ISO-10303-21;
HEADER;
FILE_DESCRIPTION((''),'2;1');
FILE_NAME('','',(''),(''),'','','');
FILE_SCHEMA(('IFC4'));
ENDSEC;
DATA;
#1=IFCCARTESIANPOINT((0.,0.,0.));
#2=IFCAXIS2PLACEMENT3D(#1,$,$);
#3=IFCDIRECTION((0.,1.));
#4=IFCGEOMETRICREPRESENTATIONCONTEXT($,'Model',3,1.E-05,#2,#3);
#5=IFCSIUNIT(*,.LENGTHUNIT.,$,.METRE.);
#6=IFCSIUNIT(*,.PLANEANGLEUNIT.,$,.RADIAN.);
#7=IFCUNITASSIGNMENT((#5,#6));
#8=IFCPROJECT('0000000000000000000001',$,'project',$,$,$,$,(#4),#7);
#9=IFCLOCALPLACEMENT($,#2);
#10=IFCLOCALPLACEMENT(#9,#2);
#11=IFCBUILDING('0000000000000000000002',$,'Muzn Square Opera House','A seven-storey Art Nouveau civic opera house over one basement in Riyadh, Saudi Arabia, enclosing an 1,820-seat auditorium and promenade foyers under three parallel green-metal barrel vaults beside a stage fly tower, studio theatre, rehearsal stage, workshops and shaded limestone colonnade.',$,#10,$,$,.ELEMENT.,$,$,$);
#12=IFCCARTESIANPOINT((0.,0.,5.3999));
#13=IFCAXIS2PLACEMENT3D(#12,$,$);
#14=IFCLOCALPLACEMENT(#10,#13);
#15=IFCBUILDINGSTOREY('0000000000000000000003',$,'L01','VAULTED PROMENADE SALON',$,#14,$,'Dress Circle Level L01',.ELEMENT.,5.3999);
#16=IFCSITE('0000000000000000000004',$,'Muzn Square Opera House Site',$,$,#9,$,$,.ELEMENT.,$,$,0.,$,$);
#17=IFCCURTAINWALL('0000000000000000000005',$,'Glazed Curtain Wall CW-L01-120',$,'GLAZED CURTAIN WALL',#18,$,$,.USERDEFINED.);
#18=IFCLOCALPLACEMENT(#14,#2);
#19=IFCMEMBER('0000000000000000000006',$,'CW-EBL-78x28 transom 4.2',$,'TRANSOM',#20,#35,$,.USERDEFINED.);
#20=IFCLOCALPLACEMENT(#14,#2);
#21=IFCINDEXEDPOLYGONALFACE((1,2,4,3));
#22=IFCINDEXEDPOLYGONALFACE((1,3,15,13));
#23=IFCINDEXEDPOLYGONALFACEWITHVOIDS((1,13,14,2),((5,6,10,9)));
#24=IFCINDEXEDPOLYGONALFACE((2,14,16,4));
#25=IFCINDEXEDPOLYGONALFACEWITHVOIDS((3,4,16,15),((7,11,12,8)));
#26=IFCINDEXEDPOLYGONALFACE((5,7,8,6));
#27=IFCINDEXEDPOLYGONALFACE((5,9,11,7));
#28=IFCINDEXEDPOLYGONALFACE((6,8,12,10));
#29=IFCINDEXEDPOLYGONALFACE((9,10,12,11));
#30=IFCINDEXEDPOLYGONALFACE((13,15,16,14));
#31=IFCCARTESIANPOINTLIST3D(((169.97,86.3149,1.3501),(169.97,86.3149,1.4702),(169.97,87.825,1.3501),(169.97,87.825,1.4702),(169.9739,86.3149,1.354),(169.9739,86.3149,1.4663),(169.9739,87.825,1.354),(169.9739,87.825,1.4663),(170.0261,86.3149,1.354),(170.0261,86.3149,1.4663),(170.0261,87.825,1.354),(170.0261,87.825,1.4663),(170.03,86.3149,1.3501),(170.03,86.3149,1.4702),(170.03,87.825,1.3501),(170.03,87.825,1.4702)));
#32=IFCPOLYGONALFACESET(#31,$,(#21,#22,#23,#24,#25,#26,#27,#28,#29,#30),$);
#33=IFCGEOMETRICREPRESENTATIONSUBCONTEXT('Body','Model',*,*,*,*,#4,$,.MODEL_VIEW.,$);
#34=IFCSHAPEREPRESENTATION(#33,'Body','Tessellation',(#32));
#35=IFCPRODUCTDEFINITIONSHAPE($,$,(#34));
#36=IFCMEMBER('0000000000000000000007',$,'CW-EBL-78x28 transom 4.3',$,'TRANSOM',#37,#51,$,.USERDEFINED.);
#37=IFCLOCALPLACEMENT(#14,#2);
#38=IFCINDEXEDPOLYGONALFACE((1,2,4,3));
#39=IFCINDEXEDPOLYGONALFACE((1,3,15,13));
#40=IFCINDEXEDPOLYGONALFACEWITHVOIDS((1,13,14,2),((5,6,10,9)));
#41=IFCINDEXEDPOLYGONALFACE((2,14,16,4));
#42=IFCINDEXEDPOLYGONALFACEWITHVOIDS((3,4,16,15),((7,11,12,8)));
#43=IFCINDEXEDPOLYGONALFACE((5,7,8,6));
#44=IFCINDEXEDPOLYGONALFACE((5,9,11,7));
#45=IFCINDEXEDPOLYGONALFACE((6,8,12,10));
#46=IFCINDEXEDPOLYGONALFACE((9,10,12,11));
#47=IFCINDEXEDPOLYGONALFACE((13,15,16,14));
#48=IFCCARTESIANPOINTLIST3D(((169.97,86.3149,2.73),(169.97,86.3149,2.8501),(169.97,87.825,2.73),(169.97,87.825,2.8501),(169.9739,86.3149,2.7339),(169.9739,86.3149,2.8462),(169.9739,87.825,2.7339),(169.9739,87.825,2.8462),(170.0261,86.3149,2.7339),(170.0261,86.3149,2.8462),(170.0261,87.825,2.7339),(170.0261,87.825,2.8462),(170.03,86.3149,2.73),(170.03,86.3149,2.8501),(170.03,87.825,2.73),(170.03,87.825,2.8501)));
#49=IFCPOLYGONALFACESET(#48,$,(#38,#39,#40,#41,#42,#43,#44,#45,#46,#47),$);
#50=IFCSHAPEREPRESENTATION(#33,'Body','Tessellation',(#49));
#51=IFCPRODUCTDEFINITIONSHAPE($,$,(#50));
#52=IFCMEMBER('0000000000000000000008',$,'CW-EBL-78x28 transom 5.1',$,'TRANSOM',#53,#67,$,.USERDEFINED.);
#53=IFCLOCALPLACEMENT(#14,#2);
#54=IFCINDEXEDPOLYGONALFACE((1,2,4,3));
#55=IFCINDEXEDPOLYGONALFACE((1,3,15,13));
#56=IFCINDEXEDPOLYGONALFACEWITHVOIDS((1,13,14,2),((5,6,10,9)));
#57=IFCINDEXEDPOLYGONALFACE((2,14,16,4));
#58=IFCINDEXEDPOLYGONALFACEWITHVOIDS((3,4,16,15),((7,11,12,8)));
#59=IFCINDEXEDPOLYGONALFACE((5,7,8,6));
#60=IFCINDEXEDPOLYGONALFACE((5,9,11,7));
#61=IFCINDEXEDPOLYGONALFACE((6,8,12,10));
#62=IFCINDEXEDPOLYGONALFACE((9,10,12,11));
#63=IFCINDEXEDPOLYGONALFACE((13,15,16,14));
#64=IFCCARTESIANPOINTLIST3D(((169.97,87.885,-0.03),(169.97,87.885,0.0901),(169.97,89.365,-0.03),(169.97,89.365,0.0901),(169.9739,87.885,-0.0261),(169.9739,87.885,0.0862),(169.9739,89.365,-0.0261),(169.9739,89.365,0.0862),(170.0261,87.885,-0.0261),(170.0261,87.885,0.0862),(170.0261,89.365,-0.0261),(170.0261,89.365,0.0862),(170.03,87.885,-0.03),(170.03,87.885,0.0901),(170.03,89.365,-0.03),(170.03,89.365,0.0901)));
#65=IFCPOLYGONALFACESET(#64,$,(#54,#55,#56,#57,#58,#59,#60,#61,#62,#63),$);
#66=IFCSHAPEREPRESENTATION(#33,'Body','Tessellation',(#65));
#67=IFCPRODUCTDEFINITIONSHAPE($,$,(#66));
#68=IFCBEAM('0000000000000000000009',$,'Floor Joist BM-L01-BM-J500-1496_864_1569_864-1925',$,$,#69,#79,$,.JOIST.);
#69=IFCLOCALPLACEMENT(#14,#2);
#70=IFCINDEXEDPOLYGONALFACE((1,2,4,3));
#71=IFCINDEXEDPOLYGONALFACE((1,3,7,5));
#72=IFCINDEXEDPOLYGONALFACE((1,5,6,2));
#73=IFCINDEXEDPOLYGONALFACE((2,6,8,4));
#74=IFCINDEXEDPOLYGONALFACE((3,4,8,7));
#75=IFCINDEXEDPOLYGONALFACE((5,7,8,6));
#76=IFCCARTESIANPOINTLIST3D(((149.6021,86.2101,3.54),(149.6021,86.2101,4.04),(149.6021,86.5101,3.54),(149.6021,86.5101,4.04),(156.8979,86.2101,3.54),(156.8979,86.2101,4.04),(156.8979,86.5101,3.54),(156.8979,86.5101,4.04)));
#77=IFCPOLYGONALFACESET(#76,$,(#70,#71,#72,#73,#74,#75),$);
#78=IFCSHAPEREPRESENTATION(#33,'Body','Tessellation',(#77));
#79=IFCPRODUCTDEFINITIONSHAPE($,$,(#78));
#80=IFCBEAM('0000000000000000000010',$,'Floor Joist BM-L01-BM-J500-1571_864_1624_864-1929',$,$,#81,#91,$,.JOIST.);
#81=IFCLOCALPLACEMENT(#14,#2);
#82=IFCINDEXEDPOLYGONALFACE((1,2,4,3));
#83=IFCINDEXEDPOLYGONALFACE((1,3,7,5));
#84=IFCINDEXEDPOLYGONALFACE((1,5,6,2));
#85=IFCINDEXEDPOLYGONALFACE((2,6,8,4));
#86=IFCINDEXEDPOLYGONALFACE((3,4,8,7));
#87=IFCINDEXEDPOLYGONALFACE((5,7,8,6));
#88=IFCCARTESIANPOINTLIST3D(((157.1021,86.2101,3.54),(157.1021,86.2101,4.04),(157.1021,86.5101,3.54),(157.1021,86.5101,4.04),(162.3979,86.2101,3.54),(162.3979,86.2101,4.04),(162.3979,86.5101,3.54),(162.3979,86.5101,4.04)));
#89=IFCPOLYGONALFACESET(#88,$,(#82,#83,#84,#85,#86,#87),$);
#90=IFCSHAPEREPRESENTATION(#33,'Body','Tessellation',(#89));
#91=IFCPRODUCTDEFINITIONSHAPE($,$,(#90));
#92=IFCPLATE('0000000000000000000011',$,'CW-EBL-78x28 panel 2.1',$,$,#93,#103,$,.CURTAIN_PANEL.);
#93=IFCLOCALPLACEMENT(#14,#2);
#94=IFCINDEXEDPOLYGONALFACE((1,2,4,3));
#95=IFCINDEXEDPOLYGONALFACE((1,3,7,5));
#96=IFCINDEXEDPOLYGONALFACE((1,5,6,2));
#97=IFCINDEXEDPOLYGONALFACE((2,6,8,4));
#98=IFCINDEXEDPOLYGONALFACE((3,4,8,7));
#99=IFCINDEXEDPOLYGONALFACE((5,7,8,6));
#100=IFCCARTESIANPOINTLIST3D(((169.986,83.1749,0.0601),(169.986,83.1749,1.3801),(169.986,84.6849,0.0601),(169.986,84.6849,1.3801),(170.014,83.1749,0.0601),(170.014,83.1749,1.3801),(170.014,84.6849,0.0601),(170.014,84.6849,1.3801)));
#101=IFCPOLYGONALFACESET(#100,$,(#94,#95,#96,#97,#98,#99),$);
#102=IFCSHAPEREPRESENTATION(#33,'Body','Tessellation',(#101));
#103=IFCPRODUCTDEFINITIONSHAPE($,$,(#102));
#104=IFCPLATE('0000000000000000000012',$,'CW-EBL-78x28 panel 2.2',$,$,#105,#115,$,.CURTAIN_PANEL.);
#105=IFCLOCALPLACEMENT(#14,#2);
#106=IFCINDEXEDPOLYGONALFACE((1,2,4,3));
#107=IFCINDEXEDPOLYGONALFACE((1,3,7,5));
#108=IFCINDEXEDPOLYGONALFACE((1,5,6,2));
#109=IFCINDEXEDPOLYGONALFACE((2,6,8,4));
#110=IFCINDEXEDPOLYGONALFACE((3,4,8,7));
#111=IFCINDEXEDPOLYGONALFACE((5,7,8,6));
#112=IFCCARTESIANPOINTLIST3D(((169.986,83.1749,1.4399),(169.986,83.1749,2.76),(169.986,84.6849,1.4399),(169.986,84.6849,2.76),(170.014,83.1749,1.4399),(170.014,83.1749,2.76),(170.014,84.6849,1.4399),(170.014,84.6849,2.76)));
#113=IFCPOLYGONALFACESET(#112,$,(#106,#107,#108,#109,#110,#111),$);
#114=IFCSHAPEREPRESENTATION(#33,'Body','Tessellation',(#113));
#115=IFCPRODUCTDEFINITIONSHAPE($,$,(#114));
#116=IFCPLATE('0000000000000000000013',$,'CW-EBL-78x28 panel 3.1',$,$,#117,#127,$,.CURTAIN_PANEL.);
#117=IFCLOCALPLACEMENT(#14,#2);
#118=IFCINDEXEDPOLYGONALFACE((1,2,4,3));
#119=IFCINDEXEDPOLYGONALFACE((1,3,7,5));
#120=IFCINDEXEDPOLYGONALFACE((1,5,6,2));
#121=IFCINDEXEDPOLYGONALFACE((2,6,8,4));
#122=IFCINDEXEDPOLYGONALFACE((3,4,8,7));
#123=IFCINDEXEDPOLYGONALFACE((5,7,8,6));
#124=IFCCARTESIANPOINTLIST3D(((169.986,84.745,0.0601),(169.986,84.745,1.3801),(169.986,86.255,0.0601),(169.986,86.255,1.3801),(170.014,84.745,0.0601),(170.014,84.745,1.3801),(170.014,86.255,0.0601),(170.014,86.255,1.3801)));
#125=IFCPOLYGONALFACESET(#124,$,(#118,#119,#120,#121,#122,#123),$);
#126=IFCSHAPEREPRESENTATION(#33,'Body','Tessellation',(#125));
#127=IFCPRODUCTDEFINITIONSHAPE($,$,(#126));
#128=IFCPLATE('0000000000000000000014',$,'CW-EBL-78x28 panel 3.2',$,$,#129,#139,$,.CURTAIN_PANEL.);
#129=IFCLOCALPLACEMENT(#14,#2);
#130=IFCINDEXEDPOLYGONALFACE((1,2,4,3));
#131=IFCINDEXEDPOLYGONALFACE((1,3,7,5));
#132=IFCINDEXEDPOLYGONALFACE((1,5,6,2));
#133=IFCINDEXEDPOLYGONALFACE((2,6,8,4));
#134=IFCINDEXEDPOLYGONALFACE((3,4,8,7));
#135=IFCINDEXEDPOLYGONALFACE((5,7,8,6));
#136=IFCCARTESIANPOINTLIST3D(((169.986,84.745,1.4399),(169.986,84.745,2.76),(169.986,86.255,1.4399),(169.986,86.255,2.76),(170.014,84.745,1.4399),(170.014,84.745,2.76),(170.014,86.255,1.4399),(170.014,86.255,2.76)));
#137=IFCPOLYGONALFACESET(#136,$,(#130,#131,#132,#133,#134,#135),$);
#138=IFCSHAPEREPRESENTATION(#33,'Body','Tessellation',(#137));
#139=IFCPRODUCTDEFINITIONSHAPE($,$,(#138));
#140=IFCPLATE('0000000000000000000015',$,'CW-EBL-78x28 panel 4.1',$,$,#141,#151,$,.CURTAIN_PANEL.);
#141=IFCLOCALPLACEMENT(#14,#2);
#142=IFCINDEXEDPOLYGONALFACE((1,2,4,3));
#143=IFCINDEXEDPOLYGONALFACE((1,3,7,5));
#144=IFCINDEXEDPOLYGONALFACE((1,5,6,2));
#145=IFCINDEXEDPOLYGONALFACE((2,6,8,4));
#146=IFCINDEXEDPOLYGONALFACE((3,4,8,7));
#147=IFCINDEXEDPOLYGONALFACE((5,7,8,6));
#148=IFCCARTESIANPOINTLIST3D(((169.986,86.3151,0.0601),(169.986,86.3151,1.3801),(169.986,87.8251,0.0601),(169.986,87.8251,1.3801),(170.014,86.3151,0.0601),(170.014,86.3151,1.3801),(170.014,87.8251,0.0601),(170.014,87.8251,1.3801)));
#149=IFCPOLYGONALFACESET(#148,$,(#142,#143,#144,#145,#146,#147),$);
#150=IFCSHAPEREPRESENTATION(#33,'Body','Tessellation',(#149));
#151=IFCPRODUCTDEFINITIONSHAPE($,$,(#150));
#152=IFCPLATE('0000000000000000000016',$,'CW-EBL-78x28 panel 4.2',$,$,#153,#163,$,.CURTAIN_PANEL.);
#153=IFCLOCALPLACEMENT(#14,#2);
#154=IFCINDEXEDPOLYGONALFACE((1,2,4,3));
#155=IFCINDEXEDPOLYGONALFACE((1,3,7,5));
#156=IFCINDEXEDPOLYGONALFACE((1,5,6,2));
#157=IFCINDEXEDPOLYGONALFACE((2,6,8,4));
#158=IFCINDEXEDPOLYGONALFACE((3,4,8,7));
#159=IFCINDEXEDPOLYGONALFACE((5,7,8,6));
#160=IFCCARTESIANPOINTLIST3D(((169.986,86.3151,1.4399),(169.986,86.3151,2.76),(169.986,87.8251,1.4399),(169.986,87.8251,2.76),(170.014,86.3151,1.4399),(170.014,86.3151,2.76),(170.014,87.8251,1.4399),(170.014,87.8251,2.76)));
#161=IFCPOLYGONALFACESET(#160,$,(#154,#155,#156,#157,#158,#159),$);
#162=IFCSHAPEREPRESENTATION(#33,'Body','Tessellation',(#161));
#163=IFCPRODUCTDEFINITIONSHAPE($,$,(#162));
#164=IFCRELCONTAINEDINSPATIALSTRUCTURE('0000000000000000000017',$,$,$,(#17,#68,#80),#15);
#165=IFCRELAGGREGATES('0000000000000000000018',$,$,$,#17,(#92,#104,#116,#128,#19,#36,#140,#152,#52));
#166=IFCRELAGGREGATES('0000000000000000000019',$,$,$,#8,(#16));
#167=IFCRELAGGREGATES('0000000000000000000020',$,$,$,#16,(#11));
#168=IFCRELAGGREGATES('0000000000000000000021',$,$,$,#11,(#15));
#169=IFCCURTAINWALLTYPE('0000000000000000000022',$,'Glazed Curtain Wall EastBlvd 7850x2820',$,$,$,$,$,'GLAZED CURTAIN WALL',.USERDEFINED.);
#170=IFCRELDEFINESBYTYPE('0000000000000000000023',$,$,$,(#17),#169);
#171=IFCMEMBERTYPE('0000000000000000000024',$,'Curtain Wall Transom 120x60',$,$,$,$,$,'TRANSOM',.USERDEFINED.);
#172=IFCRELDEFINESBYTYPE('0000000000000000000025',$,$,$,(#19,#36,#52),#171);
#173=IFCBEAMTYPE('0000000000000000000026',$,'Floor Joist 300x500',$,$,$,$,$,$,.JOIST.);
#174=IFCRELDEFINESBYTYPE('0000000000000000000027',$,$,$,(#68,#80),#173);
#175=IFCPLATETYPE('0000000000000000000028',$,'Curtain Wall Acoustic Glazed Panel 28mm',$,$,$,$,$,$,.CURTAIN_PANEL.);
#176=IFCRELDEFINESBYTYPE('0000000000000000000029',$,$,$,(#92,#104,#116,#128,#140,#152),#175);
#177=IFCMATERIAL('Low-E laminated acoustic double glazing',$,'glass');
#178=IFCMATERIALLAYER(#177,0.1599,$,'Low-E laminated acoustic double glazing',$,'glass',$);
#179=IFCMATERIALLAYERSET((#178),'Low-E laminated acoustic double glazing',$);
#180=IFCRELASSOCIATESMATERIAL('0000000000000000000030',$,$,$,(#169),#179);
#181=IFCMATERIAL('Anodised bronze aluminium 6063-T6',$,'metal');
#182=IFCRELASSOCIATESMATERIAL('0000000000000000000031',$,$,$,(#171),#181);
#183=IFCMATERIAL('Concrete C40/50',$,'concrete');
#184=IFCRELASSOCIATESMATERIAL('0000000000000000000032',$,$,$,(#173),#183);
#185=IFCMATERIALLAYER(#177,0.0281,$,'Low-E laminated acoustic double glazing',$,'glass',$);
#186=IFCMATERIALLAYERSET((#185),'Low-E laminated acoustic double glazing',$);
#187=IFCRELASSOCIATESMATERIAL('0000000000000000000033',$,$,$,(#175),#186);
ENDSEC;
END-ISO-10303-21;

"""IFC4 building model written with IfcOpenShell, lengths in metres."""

from ifc_helpers import new_model, si_unit, direction, frame, origin, origin_2d, place, context, subcontext, project, spatial, rectangle, hollow_rectangle, extrude, material, layer, layer_set, material_profile, profile_set, type_object, element, aggregate, save


model = new_model("IFC4")

# Units and contexts
model_context = context("Model", 3, precision=1e-05, world=origin(), true_north=direction((0.0, 1.0)))
body_context = subcontext(model_context, "Body", "Model", "MODEL_VIEW")
ifc_project = project(units=[si_unit("LENGTHUNIT", "METRE"), si_unit("PLANEANGLEUNIT", "RADIAN")], contexts=[model_context])

# Site, building, storey
site_placement = place(None, origin())
site = spatial("IfcSite", under=ifc_project, at=site_placement, Name="Muzn Square Opera House Site", CompositionType="ELEMENT", RefElevation=0.0)
building_placement = place(site_placement, origin())
building = spatial("IfcBuilding", under=site, at=building_placement, Name="Muzn Square Opera House", Description="A seven-storey Art Nouveau civic opera house over one basement in Riyadh, Saudi Arabia, enclosing an 1,820-seat auditorium and promenade foyers under three parallel green-metal barrel vaults beside a stage fly tower, studio theatre, rehearsal stage, workshops and shaded limestone colonnade.", CompositionType="ELEMENT")
storey_placement = place(building_placement, frame((0.0, 0.0, 5.3999)))
storey = spatial("IfcBuildingStorey", under=building, at=storey_placement, Name="L01", Description="VAULTED PROMENADE SALON", LongName="Dress Circle Level L01", CompositionType="ELEMENT", Elevation=5.3999)

# Curtain wall, members
ifc_material_1 = material(Name="Low-E laminated acoustic double glazing", Category="glass")
ifc_layer_1 = layer(ifc_material_1, 0.1599, Name="Low-E laminated acoustic double glazing", Category="glass")
ifc_layer_set_1 = layer_set([ifc_layer_1], Name="Low-E laminated acoustic double glazing")
curtain_wall_type = type_object("IfcCurtainWallType", Name="Glazed Curtain Wall EastBlvd 7850x2820", ElementType="GLAZED CURTAIN WALL", PredefinedType="USERDEFINED", material=ifc_layer_set_1)
curtain_wall_placement = place(storey_placement, origin())
curtain_wall = element("IfcCurtainWall", 1, at=curtain_wall_placement, inside=storey, type_object=curtain_wall_type, Name="Glazed Curtain Wall CW-L01-120", ObjectType="GLAZED CURTAIN WALL", PredefinedType="USERDEFINED")
ifc_material_2 = material(Name="Anodised bronze aluminium 6063-T6", Category="metal")
ifc_material_profile_1 = material_profile(ifc_material_2, hollow_rectangle(XDim=0.0601, YDim=0.1201, WallThickness=0.0039, at=origin_2d()), Name="ALU 120x60x4", Category="metal")
ifc_profile_set_1 = profile_set([ifc_material_profile_1], Name="Anodised bronze aluminium 6063-T6")
member_type_1 = type_object("IfcMemberType", Name="Curtain Wall Transom 120x60", ElementType="TRANSOM", PredefinedType="USERDEFINED", material=ifc_profile_set_1)
member_1_placement = place(storey_placement, frame((170.0, 86.3149, 1.4102), z_axis=(0.0, 1.0, 0.0), x_axis=(-1.0, 0.0, 0.0)))
member_1 = element("IfcMember", 2, at=member_1_placement, type_object=member_type_1, Name="CW-EBL-78x28 transom 4.2", ObjectType="TRANSOM", PredefinedType="USERDEFINED", context=body_context, shape_type="SweptSolid", body=[
    extrude(hollow_rectangle(XDim=0.0601, YDim=0.1201, WallThickness=0.0039, at=origin_2d()), origin(), (0.0, 0.0, 1.0), 1.51),
])
member_2_placement = place(storey_placement, frame((170.0, 86.3149, 2.79), z_axis=(0.0, 1.0, 0.0), x_axis=(-1.0, 0.0, 0.0)))
member_2 = element("IfcMember", 3, at=member_2_placement, type_object=member_type_1, Name="CW-EBL-78x28 transom 4.3", ObjectType="TRANSOM", PredefinedType="USERDEFINED", context=body_context, shape_type="SweptSolid", body=[
    extrude(hollow_rectangle(XDim=0.0601, YDim=0.1201, WallThickness=0.0039, at=origin_2d()), origin(), (0.0, 0.0, 1.0), 1.51),
])
member_3_placement = place(storey_placement, frame((170.0, 87.885, 0.03), z_axis=(0.0, 1.0, 0.0), x_axis=(-1.0, 0.0, 0.0)))
member_3 = element("IfcMember", 4, at=member_3_placement, type_object=member_type_1, Name="CW-EBL-78x28 transom 5.1", ObjectType="TRANSOM", PredefinedType="USERDEFINED", context=body_context, shape_type="SweptSolid", body=[
    extrude(hollow_rectangle(XDim=0.0601, YDim=0.1201, WallThickness=0.0039, at=origin_2d()), origin(), (0.0, 0.0, 1.0), 1.48),
])

# Beams
ifc_material_3 = material(Name="Concrete C40/50", Category="concrete")
ifc_material_profile_2 = material_profile(ifc_material_3, rectangle(XDim=0.3, YDim=0.5, at=origin_2d()), Name="RCJ 300x500", Category="concrete")
ifc_profile_set_2 = profile_set([ifc_material_profile_2], Name="Concrete C40/50")
beam_type = type_object("IfcBeamType", Name="Floor Joist 300x500", PredefinedType="JOIST", material=ifc_profile_set_2)
beam_1_placement = place(storey_placement, frame((149.6021, 86.3601, 3.79), z_axis=(1.0, 0.0, 0.0), x_axis=(0.0, 1.0, 0.0)))
element("IfcBeam", 5, at=beam_1_placement, inside=storey, type_object=beam_type, Name="Floor Joist BM-L01-BM-J500-1496_864_1569_864-1925", PredefinedType="JOIST", context=body_context, shape_type="SweptSolid", body=[
    extrude(rectangle(XDim=0.3, YDim=0.5, at=origin_2d()), origin(), (0.0, 0.0, 1.0), 7.2959),
])
beam_2_placement = place(storey_placement, frame((157.1021, 86.3601, 3.79), z_axis=(1.0, 0.0, 0.0), x_axis=(0.0, 1.0, 0.0)))
element("IfcBeam", 6, at=beam_2_placement, inside=storey, type_object=beam_type, Name="Floor Joist BM-L01-BM-J500-1571_864_1624_864-1929", PredefinedType="JOIST", context=body_context, shape_type="SweptSolid", body=[
    extrude(rectangle(XDim=0.3, YDim=0.5, at=origin_2d()), origin(), (0.0, 0.0, 1.0), 5.2959),
])

# Plates
ifc_layer_2 = layer(ifc_material_1, 0.0281, Name="Low-E laminated acoustic double glazing", Category="glass")
ifc_layer_set_2 = layer_set([ifc_layer_2], Name="Low-E laminated acoustic double glazing")
plate_type = type_object("IfcPlateType", Name="Curtain Wall Acoustic Glazed Panel 28mm", PredefinedType="CURTAIN_PANEL", material=ifc_layer_set_2)
plate_1_placement = place(storey_placement, frame((170.0, 83.9299, 0.0601), z_axis=(0.0, 0.0, 1.0), x_axis=(0.0, 1.0, 0.0)))
plate_1 = element("IfcPlate", 7, at=plate_1_placement, type_object=plate_type, Name="CW-EBL-78x28 panel 2.1", PredefinedType="CURTAIN_PANEL", context=body_context, shape_type="SweptSolid", body=[
    extrude(rectangle(XDim=1.51, YDim=0.0281, at=origin_2d()), origin(), (0.0, 0.0, 1.0), 1.3201),
])
plate_2_placement = place(storey_placement, frame((170.0, 83.9299, 1.4399), z_axis=(0.0, 0.0, 1.0), x_axis=(0.0, 1.0, 0.0)))
plate_2 = element("IfcPlate", 8, at=plate_2_placement, type_object=plate_type, Name="CW-EBL-78x28 panel 2.2", PredefinedType="CURTAIN_PANEL", context=body_context, shape_type="SweptSolid", body=[
    extrude(rectangle(XDim=1.51, YDim=0.0281, at=origin_2d()), origin(), (0.0, 0.0, 1.0), 1.3201),
])
plate_3_placement = place(storey_placement, frame((170.0, 85.5, 0.0601), z_axis=(0.0, 0.0, 1.0), x_axis=(0.0, 1.0, 0.0)))
plate_3 = element("IfcPlate", 9, at=plate_3_placement, type_object=plate_type, Name="CW-EBL-78x28 panel 3.1", PredefinedType="CURTAIN_PANEL", context=body_context, shape_type="SweptSolid", body=[
    extrude(rectangle(XDim=1.51, YDim=0.0281, at=origin_2d()), origin(), (0.0, 0.0, 1.0), 1.3201),
])
plate_4_placement = place(storey_placement, frame((170.0, 85.5, 1.4399), z_axis=(0.0, 0.0, 1.0), x_axis=(0.0, 1.0, 0.0)))
plate_4 = element("IfcPlate", 10, at=plate_4_placement, type_object=plate_type, Name="CW-EBL-78x28 panel 3.2", PredefinedType="CURTAIN_PANEL", context=body_context, shape_type="SweptSolid", body=[
    extrude(rectangle(XDim=1.51, YDim=0.0281, at=origin_2d()), origin(), (0.0, 0.0, 1.0), 1.3201),
])
plate_5_placement = place(storey_placement, frame((170.0, 87.0701, 0.0601), z_axis=(0.0, 0.0, 1.0), x_axis=(0.0, 1.0, 0.0)))
plate_5 = element("IfcPlate", 11, at=plate_5_placement, type_object=plate_type, Name="CW-EBL-78x28 panel 4.1", PredefinedType="CURTAIN_PANEL", context=body_context, shape_type="SweptSolid", body=[
    extrude(rectangle(XDim=1.51, YDim=0.0281, at=origin_2d()), origin(), (0.0, 0.0, 1.0), 1.3201),
])
plate_6_placement = place(storey_placement, frame((170.0, 87.0701, 1.4399), z_axis=(0.0, 0.0, 1.0), x_axis=(0.0, 1.0, 0.0)))
plate_6 = element("IfcPlate", 12, at=plate_6_placement, type_object=plate_type, Name="CW-EBL-78x28 panel 4.2", PredefinedType="CURTAIN_PANEL", context=body_context, shape_type="SweptSolid", body=[
    extrude(rectangle(XDim=1.51, YDim=0.0281, at=origin_2d()), origin(), (0.0, 0.0, 1.0), 1.3201),
])
aggregate(curtain_wall, [plate_1, plate_2, plate_3, plate_4, member_1, member_2, plate_5, plate_6, member_3])

save(model, "model.ifc")
